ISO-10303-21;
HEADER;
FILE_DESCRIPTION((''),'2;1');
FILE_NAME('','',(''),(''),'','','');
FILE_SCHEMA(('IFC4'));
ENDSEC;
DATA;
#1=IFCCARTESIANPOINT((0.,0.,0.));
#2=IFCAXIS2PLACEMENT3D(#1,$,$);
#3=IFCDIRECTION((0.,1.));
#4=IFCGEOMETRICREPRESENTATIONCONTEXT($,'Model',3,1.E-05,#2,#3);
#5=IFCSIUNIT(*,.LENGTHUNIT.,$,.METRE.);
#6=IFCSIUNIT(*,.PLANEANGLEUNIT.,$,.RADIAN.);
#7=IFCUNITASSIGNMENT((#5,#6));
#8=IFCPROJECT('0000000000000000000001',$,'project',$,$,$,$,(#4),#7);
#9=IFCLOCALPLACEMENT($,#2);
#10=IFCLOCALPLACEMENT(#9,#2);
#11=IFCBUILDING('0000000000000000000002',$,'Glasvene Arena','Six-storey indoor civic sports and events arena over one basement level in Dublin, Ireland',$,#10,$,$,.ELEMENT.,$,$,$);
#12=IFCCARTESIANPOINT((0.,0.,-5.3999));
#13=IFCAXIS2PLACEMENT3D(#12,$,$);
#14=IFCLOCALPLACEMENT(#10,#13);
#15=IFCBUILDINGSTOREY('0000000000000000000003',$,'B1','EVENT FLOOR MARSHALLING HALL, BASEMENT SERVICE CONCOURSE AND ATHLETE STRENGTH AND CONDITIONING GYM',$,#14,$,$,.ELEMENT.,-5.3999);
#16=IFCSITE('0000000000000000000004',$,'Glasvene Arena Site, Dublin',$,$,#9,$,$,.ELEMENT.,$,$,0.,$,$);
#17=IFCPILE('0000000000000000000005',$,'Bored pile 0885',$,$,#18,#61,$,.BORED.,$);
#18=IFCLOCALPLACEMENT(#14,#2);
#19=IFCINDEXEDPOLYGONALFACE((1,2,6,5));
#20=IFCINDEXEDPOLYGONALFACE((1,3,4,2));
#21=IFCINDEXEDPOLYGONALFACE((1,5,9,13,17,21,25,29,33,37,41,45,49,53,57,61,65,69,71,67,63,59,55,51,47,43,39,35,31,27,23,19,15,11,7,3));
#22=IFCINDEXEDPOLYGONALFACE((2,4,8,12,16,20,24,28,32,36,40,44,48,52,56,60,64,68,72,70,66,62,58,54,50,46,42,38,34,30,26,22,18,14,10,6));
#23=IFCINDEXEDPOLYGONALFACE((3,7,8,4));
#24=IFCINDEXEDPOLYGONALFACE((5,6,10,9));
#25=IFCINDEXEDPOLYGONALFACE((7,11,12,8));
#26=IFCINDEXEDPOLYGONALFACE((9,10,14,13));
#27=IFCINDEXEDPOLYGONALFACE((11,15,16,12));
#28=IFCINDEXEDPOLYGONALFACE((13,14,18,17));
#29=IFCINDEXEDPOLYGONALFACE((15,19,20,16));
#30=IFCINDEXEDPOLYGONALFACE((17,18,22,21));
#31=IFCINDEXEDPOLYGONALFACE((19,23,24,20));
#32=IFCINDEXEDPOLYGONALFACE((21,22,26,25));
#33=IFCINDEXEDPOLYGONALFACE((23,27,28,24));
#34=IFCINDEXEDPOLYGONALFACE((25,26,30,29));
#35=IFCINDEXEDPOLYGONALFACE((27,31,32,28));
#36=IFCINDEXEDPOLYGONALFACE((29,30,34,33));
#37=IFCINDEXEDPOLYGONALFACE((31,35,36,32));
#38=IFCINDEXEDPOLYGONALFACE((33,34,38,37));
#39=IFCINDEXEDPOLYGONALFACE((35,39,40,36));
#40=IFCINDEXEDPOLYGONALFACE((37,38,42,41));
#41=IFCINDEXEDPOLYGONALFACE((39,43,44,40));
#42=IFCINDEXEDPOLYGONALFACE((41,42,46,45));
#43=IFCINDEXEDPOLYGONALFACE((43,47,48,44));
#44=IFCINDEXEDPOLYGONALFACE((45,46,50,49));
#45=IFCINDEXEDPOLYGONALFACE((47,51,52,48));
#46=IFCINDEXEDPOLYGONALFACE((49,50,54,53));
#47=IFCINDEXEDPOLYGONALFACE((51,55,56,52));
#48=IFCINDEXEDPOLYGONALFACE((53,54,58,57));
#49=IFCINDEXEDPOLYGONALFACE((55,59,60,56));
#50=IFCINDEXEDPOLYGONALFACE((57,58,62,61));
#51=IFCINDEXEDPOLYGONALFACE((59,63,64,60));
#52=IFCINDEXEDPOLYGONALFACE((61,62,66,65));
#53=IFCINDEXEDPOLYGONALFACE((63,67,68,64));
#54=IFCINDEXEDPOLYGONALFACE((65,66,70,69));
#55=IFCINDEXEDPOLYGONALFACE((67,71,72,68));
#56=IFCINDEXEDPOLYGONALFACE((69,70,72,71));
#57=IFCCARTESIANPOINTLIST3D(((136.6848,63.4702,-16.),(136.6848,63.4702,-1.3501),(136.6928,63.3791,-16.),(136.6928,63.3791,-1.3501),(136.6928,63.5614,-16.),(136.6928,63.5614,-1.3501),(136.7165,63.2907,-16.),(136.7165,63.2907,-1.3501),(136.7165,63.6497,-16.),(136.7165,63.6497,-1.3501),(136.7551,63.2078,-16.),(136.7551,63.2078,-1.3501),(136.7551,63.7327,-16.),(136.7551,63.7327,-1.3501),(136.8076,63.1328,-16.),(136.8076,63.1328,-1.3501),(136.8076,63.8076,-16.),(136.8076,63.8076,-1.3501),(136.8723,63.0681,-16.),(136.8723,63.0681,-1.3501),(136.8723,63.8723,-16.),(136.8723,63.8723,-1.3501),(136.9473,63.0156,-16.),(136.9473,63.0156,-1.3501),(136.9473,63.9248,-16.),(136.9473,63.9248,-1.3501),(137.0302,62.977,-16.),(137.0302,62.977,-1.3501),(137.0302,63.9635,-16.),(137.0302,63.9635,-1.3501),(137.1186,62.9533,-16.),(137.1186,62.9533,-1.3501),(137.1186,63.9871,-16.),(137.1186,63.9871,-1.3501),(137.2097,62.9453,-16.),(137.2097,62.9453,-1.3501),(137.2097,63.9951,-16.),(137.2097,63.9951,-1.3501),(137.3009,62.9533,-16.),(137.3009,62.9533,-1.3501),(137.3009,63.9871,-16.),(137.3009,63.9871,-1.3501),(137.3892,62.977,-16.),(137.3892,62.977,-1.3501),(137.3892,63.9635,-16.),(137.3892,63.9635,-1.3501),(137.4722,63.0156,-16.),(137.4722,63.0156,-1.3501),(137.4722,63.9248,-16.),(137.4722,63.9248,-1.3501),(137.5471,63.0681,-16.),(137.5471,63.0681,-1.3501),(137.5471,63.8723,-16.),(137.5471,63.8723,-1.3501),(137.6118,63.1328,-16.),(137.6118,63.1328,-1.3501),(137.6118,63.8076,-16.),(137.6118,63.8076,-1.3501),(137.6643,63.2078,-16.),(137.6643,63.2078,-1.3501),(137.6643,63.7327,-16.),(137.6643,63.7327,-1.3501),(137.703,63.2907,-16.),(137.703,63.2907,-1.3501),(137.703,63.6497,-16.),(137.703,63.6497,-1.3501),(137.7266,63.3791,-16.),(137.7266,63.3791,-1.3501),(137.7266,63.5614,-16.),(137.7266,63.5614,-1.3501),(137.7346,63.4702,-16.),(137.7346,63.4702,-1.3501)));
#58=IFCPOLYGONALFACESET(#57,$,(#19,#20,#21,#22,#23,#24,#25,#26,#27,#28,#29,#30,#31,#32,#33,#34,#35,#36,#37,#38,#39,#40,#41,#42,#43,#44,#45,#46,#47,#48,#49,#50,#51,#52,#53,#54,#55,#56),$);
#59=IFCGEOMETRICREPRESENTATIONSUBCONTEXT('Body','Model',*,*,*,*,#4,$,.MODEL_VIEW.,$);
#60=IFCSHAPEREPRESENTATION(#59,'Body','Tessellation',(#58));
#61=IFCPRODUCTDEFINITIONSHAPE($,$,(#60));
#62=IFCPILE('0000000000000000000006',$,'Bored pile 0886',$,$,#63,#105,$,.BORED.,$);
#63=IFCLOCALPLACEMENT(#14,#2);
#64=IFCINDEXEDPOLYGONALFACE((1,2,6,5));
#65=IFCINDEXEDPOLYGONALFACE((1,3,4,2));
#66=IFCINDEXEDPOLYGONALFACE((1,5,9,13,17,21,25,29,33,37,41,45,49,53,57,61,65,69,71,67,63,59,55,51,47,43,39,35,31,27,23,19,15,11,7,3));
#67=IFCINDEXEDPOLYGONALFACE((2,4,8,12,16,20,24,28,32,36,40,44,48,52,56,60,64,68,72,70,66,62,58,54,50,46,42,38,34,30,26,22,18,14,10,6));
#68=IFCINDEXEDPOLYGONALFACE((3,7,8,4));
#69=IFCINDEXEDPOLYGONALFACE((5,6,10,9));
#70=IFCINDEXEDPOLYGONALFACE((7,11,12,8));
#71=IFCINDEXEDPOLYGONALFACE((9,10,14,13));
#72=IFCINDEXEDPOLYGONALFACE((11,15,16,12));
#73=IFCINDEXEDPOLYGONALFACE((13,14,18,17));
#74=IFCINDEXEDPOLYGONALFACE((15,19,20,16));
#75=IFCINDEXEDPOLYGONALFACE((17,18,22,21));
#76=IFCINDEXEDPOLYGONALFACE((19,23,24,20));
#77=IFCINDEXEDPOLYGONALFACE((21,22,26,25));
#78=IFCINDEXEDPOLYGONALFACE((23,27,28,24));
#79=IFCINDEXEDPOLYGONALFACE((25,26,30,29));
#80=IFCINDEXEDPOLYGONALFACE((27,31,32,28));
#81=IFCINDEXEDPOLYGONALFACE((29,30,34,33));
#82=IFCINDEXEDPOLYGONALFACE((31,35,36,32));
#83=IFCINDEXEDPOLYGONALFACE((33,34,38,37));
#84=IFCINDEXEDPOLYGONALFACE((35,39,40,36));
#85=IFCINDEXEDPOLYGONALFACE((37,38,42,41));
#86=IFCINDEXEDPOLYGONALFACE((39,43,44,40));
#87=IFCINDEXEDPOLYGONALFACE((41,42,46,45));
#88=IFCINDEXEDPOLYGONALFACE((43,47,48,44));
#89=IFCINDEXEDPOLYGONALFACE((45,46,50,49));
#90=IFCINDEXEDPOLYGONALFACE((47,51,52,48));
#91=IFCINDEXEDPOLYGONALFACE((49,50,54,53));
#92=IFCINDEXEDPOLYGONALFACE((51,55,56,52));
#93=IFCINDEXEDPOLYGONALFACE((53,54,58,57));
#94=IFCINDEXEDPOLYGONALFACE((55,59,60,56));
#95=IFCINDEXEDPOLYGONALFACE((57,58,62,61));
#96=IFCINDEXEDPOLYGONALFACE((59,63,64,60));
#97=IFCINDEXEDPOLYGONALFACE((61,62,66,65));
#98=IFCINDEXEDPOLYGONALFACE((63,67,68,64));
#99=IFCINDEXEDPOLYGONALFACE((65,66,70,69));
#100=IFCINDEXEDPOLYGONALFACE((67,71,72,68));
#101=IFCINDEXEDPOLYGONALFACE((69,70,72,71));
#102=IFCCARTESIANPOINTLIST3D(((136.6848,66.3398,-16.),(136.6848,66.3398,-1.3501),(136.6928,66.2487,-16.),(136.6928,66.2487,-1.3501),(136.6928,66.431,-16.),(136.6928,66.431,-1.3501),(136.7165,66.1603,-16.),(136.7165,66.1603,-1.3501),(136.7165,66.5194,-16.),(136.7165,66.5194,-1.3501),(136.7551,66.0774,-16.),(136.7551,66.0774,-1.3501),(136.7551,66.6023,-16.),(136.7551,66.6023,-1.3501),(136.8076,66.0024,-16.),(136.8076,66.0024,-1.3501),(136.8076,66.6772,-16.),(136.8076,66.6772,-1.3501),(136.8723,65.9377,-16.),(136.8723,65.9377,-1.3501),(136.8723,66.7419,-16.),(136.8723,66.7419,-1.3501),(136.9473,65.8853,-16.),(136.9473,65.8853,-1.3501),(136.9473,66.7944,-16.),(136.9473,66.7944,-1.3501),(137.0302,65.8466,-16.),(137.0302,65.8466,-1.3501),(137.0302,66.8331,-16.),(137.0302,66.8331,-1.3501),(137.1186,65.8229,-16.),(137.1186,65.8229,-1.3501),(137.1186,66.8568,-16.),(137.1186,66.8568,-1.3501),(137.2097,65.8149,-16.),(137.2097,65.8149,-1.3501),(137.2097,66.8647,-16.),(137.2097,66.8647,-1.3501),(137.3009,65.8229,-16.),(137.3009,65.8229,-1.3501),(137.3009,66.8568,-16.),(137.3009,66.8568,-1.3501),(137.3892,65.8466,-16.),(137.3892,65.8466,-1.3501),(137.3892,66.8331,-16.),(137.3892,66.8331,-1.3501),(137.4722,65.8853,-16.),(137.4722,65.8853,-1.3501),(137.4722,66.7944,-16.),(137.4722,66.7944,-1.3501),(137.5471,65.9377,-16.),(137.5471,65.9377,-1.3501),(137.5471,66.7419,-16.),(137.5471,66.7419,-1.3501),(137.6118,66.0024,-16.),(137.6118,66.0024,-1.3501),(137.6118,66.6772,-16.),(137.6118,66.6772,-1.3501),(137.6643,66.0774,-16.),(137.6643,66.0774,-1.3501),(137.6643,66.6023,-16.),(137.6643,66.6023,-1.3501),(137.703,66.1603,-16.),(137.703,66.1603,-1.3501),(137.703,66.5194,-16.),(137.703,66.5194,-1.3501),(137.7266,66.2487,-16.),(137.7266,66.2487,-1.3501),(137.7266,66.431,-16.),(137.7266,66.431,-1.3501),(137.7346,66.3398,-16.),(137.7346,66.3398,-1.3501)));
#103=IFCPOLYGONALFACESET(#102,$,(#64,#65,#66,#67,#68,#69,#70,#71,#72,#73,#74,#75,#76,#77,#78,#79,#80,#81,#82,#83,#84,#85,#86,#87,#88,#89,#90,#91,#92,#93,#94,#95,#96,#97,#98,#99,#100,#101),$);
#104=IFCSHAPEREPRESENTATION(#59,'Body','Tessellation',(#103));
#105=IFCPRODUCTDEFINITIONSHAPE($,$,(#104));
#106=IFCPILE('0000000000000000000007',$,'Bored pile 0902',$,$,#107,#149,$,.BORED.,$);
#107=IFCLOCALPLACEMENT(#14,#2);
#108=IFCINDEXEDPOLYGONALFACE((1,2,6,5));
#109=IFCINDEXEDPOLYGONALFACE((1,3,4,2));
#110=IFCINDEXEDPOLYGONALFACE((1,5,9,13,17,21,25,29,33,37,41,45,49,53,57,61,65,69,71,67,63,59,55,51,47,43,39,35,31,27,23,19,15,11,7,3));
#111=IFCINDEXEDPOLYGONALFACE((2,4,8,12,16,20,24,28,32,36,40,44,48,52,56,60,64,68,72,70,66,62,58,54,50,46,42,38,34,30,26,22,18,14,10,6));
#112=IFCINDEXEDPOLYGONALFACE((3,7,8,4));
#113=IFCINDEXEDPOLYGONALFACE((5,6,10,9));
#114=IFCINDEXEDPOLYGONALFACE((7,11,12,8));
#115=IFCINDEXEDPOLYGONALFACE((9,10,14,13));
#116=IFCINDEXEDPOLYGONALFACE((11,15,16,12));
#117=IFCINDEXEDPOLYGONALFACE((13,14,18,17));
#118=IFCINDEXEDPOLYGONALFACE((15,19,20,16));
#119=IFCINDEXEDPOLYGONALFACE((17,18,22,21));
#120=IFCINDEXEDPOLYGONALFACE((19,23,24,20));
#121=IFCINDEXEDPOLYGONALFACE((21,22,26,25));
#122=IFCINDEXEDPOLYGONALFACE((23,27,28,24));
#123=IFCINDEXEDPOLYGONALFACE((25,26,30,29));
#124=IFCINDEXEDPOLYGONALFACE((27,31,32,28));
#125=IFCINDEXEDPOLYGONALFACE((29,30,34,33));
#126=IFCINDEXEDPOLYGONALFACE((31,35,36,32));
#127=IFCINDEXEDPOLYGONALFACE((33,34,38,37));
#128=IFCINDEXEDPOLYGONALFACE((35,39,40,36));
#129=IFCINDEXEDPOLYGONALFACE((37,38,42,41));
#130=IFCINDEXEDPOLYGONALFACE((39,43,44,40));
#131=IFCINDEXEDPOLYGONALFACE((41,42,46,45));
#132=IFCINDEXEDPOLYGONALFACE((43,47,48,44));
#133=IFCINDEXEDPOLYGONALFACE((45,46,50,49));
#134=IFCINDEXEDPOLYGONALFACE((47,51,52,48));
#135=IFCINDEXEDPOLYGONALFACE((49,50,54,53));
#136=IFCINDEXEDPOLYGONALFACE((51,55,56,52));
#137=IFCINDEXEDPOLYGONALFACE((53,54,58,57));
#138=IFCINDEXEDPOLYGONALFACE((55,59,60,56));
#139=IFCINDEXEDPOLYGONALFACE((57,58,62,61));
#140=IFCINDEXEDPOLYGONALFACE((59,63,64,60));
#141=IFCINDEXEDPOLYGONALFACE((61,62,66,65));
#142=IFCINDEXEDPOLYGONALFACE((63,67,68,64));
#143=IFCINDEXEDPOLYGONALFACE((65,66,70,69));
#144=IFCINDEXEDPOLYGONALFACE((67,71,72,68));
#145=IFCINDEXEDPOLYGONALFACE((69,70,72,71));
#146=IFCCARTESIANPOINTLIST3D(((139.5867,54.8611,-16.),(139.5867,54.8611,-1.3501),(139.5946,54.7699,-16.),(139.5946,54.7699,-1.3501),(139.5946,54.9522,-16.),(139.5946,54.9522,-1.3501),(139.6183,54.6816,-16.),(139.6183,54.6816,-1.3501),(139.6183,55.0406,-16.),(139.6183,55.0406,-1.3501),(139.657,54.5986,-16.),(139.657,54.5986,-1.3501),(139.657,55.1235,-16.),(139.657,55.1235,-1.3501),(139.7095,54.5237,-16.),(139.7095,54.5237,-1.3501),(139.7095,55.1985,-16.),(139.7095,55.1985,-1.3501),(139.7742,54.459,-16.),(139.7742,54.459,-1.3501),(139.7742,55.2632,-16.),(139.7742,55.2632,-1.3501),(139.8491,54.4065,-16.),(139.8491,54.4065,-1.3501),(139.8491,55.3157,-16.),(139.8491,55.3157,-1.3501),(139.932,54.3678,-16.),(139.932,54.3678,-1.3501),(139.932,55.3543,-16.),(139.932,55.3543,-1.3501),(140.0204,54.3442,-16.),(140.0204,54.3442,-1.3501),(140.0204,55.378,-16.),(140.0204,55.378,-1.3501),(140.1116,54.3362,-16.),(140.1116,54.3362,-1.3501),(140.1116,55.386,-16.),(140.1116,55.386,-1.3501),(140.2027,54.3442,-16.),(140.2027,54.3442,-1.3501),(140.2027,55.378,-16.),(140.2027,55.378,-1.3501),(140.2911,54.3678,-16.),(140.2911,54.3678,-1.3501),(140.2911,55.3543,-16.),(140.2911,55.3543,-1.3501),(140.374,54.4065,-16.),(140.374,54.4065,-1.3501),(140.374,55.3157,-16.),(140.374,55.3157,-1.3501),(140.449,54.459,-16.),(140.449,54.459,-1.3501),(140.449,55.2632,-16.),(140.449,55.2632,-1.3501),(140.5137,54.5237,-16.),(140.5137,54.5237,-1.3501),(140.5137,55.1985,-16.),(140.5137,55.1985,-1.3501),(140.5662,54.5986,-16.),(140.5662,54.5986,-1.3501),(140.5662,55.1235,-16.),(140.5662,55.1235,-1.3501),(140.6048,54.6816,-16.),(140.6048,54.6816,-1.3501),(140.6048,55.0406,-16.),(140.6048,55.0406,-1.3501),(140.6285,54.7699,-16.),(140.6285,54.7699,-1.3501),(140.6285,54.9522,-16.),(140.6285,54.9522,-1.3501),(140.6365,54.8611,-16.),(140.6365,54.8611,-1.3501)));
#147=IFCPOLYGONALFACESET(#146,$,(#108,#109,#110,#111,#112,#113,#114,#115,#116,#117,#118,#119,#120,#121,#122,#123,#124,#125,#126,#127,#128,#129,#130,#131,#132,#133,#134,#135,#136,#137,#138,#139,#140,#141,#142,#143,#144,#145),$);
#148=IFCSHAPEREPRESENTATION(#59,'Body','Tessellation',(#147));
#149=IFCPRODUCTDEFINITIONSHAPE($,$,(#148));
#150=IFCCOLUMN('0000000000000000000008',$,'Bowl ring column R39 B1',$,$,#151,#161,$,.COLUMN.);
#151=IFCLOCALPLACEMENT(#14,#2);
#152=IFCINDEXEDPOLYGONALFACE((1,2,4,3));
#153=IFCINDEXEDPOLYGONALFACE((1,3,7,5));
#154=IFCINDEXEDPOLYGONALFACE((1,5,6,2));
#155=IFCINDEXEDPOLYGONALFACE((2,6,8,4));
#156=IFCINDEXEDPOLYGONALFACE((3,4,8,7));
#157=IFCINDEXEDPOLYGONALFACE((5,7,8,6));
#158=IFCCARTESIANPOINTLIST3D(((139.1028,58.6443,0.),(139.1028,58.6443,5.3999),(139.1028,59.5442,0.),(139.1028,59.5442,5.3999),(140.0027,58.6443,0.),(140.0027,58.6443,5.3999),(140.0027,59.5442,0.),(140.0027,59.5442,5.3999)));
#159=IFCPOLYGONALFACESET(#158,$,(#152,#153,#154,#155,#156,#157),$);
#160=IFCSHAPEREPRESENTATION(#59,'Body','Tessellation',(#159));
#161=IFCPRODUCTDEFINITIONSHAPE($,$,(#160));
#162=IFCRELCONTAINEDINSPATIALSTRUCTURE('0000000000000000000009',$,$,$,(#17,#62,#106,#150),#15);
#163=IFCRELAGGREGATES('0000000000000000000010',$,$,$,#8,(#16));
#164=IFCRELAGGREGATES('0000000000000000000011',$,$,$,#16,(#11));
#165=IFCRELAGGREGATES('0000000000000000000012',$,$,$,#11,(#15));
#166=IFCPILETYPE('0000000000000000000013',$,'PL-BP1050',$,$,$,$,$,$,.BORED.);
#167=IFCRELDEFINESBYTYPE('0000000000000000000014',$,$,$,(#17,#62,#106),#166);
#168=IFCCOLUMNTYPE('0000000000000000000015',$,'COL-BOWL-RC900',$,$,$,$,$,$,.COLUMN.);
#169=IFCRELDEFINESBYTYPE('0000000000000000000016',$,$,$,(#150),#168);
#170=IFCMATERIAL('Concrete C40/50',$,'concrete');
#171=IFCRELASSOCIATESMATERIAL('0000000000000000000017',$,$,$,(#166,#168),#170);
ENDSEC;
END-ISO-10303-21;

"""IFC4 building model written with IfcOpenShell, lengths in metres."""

from ifc_helpers import new_model, si_unit, direction, frame, origin, origin_2d, place, context, subcontext, project, spatial, rectangle, circle, extrude, material, material_profile, profile_set, type_object, element, save


model = new_model("IFC4")

# Units and contexts
model_context = context("Model", 3, precision=1e-05, world=origin(), true_north=direction((0.0, 1.0)))
body_context = subcontext(model_context, "Body", "Model", "MODEL_VIEW")
ifc_project = project(units=[si_unit("LENGTHUNIT", "METRE"), si_unit("PLANEANGLEUNIT", "RADIAN")], contexts=[model_context])

# Site, building, storey
site_placement = place(None, origin())
site = spatial("IfcSite", under=ifc_project, at=site_placement, Name="Glasvene Arena Site, Dublin", CompositionType="ELEMENT", RefElevation=0.0)
building_placement = place(site_placement, origin())
building = spatial("IfcBuilding", under=site, at=building_placement, Name="Glasvene Arena", Description="Six-storey indoor civic sports and events arena over one basement level in Dublin, Ireland", CompositionType="ELEMENT")
storey_placement = place(building_placement, frame((0.0, 0.0, -5.3999)))
storey = spatial("IfcBuildingStorey", under=building, at=storey_placement, Name="B1", Description="EVENT FLOOR MARSHALLING HALL, BASEMENT SERVICE CONCOURSE AND ATHLETE STRENGTH AND CONDITIONING GYM", CompositionType="ELEMENT", Elevation=-5.3999)

# Piles
ifc_material_1 = material(Name="Concrete C40/50", Category="concrete")
ifc_material_profile_1 = material_profile(ifc_material_1, circle(Radius=0.5249, at=origin_2d()), Name="BORED PILE 1050")
ifc_profile_set_1 = profile_set([ifc_material_profile_1], Name="Concrete C40/50")
pile_type = type_object("IfcPileType", Name="PL-BP1050", PredefinedType="BORED", material=ifc_profile_set_1)
for number, where, z_axis, x_axis, name in (
    (1, (137.2097, 63.4702, -1.3501), (0.0, 0.0, -1.0), (1.0, 0.0, 0.0), "Bored pile 0885"),
    (2, (137.2097, 66.3398, -1.3501), (0.0, 0.0, -1.0), (1.0, 0.0, 0.0), "Bored pile 0886"),
    (3, (140.1116, 54.8611, -1.3501), (0.0, 0.0, -1.0), (1.0, 0.0, 0.0), "Bored pile 0902"),
):
    element("IfcPile", number, at=place(storey_placement, frame(where, z_axis=z_axis, x_axis=x_axis)), inside=storey, type_object=pile_type, Name=name, PredefinedType="BORED", context=body_context, shape_type="SweptSolid", body=[
        extrude(circle(Radius=0.5249, at=origin_2d()), origin(), (0.0, 0.0, 1.0), 14.6499),
    ])

# Column
ifc_material_profile_2 = material_profile(ifc_material_1, rectangle(XDim=0.8999, YDim=0.8999, at=origin_2d()), Name="RC 900x900")
ifc_profile_set_2 = profile_set([ifc_material_profile_2], Name="Concrete C40/50")
column_type_1 = type_object("IfcColumnType", Name="COL-BOWL-RC900", PredefinedType="COLUMN", material=ifc_profile_set_2)
column_placement = place(storey_placement, frame((139.5527, 59.0942, 0.0), z_axis=(0.0, 0.0, 1.0), x_axis=(1.0, 0.0, 0.0)))
element("IfcColumn", 4, at=column_placement, inside=storey, type_object=column_type_1, Name="Bowl ring column R39 B1", PredefinedType="COLUMN", context=body_context, shape_type="SweptSolid", body=[
    extrude(rectangle(XDim=0.8999, YDim=0.8999, at=origin_2d()), origin(), (0.0, 0.0, 1.0), 5.3999),
])

save(model, "model.ifc")
